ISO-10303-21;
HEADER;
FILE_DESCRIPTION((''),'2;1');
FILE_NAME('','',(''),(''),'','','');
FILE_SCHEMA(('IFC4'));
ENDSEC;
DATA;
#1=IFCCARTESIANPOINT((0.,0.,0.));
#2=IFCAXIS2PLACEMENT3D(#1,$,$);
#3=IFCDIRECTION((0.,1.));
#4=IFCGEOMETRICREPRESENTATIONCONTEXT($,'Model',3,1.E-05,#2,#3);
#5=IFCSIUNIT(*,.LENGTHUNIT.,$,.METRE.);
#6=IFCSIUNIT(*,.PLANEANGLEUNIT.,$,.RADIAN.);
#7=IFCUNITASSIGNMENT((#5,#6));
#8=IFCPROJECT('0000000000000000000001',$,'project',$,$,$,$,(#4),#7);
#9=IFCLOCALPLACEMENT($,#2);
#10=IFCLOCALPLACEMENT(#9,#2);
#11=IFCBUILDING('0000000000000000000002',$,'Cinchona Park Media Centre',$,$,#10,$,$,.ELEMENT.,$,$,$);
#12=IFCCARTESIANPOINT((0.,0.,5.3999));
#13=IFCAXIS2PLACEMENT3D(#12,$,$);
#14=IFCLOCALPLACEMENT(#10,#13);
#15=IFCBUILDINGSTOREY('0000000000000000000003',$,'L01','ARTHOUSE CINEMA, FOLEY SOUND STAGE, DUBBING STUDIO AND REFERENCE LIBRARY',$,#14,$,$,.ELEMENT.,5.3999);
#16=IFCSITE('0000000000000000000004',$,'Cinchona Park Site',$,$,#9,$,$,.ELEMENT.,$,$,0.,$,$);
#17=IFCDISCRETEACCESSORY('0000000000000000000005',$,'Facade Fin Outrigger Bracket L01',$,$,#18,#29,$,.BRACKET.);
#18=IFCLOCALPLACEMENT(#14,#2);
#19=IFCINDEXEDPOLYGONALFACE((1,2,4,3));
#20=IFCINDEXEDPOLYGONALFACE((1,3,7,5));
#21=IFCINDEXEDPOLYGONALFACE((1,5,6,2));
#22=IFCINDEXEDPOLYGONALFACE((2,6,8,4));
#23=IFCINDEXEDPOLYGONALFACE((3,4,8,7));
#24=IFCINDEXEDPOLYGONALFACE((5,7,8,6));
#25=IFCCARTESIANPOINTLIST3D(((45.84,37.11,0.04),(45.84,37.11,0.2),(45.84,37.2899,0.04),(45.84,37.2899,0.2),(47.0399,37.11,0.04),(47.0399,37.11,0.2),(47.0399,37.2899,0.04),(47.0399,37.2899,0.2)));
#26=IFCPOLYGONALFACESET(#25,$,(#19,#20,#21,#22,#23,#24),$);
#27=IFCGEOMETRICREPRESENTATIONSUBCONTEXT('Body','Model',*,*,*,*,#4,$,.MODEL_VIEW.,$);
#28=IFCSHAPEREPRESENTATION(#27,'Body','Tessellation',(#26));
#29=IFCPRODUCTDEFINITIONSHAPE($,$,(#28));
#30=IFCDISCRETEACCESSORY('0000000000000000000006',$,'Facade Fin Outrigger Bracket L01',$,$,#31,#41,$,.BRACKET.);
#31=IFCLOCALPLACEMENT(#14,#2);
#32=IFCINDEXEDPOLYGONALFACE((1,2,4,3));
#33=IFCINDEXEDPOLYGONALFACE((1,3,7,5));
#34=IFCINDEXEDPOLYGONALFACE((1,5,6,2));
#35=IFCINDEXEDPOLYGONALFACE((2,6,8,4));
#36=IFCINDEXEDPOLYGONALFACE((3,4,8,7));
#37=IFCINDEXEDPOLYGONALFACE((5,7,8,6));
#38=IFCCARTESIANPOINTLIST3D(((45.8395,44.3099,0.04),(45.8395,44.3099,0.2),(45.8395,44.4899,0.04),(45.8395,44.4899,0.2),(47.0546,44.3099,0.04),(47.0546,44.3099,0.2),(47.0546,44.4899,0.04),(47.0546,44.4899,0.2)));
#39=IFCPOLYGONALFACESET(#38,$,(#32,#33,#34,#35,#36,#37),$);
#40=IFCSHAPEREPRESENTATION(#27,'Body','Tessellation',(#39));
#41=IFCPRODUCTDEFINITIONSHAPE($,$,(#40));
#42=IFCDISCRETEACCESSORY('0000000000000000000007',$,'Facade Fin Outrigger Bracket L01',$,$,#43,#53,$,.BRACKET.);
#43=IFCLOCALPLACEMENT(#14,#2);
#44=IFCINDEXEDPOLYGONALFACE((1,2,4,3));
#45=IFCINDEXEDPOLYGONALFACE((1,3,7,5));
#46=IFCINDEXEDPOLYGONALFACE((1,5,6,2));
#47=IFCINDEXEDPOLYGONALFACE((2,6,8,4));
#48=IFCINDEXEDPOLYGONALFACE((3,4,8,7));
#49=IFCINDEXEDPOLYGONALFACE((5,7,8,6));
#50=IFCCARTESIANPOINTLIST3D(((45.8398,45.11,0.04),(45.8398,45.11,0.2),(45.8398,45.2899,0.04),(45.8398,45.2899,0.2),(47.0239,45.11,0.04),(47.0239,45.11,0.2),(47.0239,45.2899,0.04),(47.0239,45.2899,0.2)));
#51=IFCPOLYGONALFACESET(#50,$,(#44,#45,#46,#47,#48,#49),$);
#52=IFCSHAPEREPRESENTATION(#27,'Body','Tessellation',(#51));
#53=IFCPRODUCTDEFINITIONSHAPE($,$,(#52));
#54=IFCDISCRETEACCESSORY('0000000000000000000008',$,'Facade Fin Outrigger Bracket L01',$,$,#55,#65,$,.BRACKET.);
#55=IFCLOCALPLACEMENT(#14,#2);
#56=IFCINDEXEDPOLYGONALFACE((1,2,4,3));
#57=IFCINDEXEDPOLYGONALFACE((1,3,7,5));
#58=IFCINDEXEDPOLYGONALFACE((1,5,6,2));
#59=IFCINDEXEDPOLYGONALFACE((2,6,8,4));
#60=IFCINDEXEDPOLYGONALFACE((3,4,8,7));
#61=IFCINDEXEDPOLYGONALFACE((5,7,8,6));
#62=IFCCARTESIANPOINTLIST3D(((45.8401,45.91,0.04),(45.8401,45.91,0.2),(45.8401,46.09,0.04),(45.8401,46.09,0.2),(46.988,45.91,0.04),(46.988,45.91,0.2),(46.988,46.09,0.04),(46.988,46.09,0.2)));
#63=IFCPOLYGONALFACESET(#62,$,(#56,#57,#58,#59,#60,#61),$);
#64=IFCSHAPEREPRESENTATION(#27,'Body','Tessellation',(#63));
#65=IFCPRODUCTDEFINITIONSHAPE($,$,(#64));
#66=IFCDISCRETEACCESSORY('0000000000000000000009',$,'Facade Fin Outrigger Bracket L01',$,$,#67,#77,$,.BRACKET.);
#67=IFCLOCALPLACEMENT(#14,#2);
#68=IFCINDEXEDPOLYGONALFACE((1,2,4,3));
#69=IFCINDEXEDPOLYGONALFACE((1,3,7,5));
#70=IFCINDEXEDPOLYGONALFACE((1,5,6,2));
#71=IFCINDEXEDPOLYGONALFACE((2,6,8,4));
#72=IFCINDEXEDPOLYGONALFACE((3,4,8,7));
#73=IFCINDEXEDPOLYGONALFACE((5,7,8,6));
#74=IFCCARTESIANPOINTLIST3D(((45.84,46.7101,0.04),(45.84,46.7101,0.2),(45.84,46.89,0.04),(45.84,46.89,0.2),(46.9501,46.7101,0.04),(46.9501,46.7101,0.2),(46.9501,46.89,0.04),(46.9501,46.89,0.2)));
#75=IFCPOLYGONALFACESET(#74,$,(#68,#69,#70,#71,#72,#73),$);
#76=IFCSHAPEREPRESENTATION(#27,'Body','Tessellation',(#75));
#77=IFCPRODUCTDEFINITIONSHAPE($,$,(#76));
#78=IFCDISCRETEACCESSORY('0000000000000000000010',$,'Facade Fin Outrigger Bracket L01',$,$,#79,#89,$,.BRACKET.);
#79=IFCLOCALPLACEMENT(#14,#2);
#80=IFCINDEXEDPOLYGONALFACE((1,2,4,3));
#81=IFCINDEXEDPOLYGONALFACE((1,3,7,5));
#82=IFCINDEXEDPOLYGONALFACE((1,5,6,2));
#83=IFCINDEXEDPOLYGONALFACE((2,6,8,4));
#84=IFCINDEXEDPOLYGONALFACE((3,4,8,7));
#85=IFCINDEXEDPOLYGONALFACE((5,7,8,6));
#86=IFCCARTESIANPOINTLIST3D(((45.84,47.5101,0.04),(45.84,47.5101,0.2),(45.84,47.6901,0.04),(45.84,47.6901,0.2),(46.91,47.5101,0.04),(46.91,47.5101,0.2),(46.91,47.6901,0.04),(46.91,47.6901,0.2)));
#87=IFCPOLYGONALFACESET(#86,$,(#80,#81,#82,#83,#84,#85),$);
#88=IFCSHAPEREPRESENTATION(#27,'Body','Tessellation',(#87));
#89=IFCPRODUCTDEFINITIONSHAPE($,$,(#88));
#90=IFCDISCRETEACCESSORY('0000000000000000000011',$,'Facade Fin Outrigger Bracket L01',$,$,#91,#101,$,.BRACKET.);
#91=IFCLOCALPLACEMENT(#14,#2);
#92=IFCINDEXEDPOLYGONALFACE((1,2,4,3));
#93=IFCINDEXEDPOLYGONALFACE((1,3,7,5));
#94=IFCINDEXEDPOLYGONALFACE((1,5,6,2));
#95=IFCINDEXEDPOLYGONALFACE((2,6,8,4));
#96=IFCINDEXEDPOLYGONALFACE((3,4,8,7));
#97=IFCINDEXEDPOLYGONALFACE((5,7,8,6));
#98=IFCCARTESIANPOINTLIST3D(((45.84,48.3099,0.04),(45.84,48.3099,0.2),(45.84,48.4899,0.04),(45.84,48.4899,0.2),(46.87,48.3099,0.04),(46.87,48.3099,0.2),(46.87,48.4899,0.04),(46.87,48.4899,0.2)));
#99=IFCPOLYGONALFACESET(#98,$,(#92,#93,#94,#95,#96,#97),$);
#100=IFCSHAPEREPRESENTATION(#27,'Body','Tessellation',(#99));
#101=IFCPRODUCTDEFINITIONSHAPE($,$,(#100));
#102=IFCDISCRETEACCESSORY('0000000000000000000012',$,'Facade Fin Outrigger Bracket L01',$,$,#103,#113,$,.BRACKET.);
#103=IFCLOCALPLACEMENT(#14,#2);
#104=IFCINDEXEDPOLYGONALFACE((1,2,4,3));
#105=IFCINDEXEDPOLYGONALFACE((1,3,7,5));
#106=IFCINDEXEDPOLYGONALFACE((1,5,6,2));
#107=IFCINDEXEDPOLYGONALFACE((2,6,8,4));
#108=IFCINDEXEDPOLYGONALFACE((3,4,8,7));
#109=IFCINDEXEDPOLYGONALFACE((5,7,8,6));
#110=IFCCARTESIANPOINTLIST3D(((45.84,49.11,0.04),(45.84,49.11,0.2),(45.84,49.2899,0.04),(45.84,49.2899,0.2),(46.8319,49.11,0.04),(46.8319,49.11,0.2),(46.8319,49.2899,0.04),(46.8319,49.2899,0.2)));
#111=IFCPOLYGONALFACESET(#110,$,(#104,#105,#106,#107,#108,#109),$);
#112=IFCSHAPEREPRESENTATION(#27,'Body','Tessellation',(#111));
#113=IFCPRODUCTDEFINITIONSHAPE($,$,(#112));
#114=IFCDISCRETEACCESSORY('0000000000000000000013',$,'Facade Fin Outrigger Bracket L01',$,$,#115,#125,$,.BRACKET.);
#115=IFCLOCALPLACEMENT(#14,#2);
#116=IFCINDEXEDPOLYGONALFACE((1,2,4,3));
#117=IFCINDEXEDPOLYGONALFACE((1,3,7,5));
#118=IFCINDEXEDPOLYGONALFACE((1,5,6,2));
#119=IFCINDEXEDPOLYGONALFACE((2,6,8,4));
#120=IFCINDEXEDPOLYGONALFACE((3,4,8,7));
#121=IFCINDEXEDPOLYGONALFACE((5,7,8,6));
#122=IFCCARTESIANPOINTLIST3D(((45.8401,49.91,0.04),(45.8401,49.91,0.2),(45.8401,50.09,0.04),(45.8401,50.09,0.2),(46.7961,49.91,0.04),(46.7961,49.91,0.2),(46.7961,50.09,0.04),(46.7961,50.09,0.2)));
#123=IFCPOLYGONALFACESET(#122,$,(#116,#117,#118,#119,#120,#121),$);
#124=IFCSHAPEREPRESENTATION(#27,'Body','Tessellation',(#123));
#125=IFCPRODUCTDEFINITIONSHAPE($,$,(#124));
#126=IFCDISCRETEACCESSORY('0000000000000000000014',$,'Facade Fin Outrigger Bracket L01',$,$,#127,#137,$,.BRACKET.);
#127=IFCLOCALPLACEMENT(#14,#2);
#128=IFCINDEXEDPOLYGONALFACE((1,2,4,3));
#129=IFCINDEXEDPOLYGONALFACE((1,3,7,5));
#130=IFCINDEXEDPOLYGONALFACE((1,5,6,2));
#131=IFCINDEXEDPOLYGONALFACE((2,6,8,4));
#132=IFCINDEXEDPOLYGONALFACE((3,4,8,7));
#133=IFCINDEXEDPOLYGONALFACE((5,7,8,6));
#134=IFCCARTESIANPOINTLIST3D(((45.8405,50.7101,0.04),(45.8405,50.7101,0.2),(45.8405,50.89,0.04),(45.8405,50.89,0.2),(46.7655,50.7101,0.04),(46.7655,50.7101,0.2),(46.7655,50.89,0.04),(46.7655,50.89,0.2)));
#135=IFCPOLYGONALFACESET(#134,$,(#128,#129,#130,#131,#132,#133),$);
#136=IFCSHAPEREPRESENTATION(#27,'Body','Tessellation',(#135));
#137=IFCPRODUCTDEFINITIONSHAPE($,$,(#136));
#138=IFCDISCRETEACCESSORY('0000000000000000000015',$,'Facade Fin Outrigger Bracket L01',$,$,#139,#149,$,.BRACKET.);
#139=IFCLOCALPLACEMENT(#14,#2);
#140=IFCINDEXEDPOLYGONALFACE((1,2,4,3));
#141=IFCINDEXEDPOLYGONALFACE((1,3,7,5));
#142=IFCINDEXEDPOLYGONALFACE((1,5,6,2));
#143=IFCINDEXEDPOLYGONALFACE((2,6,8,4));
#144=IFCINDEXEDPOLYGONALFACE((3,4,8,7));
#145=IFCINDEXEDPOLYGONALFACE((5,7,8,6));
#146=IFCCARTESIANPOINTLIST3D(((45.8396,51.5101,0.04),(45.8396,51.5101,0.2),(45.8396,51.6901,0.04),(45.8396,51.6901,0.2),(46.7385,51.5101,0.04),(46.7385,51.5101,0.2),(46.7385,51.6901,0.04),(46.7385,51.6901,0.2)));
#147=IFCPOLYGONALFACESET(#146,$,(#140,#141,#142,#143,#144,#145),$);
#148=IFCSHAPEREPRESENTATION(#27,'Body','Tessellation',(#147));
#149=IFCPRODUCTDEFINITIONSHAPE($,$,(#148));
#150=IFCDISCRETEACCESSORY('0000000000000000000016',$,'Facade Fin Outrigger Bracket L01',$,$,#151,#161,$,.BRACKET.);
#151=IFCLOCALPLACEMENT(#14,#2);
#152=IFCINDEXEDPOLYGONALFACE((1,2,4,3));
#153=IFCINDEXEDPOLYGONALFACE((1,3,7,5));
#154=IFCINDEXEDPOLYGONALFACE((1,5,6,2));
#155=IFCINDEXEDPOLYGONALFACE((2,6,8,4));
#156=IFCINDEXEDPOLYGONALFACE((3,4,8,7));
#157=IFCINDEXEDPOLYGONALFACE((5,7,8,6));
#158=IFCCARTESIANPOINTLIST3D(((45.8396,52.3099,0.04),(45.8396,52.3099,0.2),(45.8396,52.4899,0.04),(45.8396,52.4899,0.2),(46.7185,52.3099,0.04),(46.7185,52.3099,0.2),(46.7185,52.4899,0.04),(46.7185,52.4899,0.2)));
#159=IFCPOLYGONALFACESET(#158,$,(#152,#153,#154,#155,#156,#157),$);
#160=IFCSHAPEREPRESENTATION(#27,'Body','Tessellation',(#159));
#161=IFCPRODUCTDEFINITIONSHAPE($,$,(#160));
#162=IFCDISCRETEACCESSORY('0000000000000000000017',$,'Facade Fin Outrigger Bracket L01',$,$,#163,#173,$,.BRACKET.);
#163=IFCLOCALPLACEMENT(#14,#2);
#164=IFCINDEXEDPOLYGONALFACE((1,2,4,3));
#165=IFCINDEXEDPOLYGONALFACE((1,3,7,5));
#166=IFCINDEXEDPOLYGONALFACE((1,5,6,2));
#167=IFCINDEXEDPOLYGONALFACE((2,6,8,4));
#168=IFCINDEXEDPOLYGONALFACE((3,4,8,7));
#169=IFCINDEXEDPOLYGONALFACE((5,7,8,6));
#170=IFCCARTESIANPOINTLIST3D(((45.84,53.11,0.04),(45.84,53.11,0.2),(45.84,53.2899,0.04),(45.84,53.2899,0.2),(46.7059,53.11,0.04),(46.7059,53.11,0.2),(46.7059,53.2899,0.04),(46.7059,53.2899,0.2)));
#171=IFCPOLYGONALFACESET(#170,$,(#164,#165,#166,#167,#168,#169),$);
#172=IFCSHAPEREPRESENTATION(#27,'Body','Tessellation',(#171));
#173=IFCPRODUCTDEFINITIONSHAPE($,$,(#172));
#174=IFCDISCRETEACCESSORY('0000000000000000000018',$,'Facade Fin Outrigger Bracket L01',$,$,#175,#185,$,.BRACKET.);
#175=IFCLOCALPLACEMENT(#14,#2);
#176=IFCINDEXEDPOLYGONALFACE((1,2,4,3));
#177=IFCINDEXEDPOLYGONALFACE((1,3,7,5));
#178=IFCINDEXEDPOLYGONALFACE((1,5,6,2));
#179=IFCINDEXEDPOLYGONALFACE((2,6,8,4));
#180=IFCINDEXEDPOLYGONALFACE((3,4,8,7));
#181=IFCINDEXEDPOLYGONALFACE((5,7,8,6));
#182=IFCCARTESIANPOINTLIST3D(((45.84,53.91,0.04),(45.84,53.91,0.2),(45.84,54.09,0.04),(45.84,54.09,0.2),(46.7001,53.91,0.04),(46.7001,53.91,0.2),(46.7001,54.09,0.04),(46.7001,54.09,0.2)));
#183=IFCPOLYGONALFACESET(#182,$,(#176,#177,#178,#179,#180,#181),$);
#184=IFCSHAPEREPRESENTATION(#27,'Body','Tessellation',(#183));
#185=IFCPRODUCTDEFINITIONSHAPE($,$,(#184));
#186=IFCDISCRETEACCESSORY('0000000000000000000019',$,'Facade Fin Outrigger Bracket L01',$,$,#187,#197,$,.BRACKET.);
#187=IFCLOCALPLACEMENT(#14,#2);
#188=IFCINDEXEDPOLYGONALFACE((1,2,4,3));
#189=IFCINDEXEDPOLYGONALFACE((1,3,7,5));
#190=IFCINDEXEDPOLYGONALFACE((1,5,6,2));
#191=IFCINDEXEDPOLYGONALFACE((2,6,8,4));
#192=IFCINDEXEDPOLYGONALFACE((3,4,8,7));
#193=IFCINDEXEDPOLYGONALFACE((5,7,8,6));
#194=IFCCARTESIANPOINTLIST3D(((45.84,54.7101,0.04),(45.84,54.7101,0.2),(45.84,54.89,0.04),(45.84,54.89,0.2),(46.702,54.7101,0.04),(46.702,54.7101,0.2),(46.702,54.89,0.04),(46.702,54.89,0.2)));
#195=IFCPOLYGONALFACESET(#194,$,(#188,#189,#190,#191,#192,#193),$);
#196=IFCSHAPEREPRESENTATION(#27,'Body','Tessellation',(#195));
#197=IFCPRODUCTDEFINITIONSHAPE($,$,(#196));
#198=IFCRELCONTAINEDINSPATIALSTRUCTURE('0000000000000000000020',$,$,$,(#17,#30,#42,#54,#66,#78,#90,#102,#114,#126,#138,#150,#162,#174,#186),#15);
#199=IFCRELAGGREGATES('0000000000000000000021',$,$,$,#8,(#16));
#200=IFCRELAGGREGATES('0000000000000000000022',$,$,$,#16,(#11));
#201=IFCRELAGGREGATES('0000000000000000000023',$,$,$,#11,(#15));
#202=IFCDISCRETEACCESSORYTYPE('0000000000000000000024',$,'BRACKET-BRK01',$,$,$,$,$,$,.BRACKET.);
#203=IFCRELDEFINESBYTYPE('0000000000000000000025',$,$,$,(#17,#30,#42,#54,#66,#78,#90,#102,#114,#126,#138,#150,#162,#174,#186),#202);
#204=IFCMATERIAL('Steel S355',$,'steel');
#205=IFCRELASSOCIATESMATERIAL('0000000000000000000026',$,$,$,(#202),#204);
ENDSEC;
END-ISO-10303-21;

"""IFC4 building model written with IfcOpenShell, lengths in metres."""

from ifc_helpers import new_model, si_unit, direction, frame, origin, origin_2d, place, context, subcontext, project, spatial, rectangle, extrude, material, type_object, element, save


model = new_model("IFC4")

# Units and contexts
model_context = context("Model", 3, precision=1e-05, world=origin(), true_north=direction((0.0, 1.0)))
body_context = subcontext(model_context, "Body", "Model", "MODEL_VIEW")
ifc_project = project(units=[si_unit("LENGTHUNIT", "METRE"), si_unit("PLANEANGLEUNIT", "RADIAN")], contexts=[model_context])

# Site, building, storey
site_placement = place(None, origin())
site = spatial("IfcSite", under=ifc_project, at=site_placement, Name="Cinchona Park Site", CompositionType="ELEMENT", RefElevation=0.0)
building_placement = place(site_placement, origin())
building = spatial("IfcBuilding", under=site, at=building_placement, Name="Cinchona Park Media Centre", CompositionType="ELEMENT")
storey_placement = place(building_placement, frame((0.0, 0.0, 5.3999)))
storey = spatial("IfcBuildingStorey", under=building, at=storey_placement, Name="L01", Description="ARTHOUSE CINEMA, FOLEY SOUND STAGE, DUBBING STUDIO AND REFERENCE LIBRARY", CompositionType="ELEMENT", Elevation=5.3999)

# Discrete accessories
ifc_material_1 = material(Name="Steel S355", Category="steel")
discrete_accessory_type = type_object("IfcDiscreteAccessoryType", Name="BRACKET-BRK01", PredefinedType="BRACKET", material=ifc_material_1)
discrete_accessory_1_placement = place(storey_placement, frame((46.4399, 37.2, 0.04), z_axis=(0.0, 0.0, 1.0), x_axis=(0.0, 1.0, 0.0)))
element("IfcDiscreteAccessory", 1, at=discrete_accessory_1_placement, inside=storey, type_object=discrete_accessory_type, Name="Facade Fin Outrigger Bracket L01", PredefinedType="BRACKET", context=body_context, shape_type="SweptSolid", body=[
    extrude(rectangle(XDim=0.1799, YDim=1.2, at=origin_2d()), origin(), (0.0, 0.0, 1.0), 0.1599),
])
discrete_accessory_2_placement = place(storey_placement, frame((46.447, 44.3999, 0.04), z_axis=(0.0, 0.0, 1.0), x_axis=(0.0, 1.0, 0.0)))
element("IfcDiscreteAccessory", 2, at=discrete_accessory_2_placement, inside=storey, type_object=discrete_accessory_type, Name="Facade Fin Outrigger Bracket L01", PredefinedType="BRACKET", context=body_context, shape_type="SweptSolid", body=[
    extrude(rectangle(XDim=0.1799, YDim=1.2151, at=origin_2d()), origin(), (0.0, 0.0, 1.0), 0.1599),
])
discrete_accessory_3_placement = place(storey_placement, frame((46.4319, 45.2, 0.04), z_axis=(0.0, 0.0, 1.0), x_axis=(0.0, 1.0, 0.0)))
element("IfcDiscreteAccessory", 3, at=discrete_accessory_3_placement, inside=storey, type_object=discrete_accessory_type, Name="Facade Fin Outrigger Bracket L01", PredefinedType="BRACKET", context=body_context, shape_type="SweptSolid", body=[
    extrude(rectangle(XDim=0.1799, YDim=1.1841, at=origin_2d()), origin(), (0.0, 0.0, 1.0), 0.1599),
])
discrete_accessory_4_placement = place(storey_placement, frame((46.4141, 46.0, 0.04), z_axis=(0.0, 0.0, 1.0), x_axis=(0.0, 1.0, 0.0)))
element("IfcDiscreteAccessory", 4, at=discrete_accessory_4_placement, inside=storey, type_object=discrete_accessory_type, Name="Facade Fin Outrigger Bracket L01", PredefinedType="BRACKET", context=body_context, shape_type="SweptSolid", body=[
    extrude(rectangle(XDim=0.1799, YDim=1.1479, at=origin_2d()), origin(), (0.0, 0.0, 1.0), 0.1599),
])
discrete_accessory_5_placement = place(storey_placement, frame((46.395, 46.8, 0.04), z_axis=(0.0, 0.0, 1.0), x_axis=(0.0, 1.0, 0.0)))
element("IfcDiscreteAccessory", 5, at=discrete_accessory_5_placement, inside=storey, type_object=discrete_accessory_type, Name="Facade Fin Outrigger Bracket L01", PredefinedType="BRACKET", context=body_context, shape_type="SweptSolid", body=[
    extrude(rectangle(XDim=0.1799, YDim=1.1101, at=origin_2d()), origin(), (0.0, 0.0, 1.0), 0.1599),
])
discrete_accessory_6_placement = place(storey_placement, frame((46.375, 47.6001, 0.04), z_axis=(0.0, 0.0, 1.0), x_axis=(0.0, 1.0, 0.0)))
element("IfcDiscreteAccessory", 6, at=discrete_accessory_6_placement, inside=storey, type_object=discrete_accessory_type, Name="Facade Fin Outrigger Bracket L01", PredefinedType="BRACKET", context=body_context, shape_type="SweptSolid", body=[
    extrude(rectangle(XDim=0.1799, YDim=1.0701, at=origin_2d()), origin(), (0.0, 0.0, 1.0), 0.1599),
])
discrete_accessory_7_placement = place(storey_placement, frame((46.355, 48.3999, 0.04), z_axis=(0.0, 0.0, 1.0), x_axis=(0.0, 1.0, 0.0)))
element("IfcDiscreteAccessory", 7, at=discrete_accessory_7_placement, inside=storey, type_object=discrete_accessory_type, Name="Facade Fin Outrigger Bracket L01", PredefinedType="BRACKET", context=body_context, shape_type="SweptSolid", body=[
    extrude(rectangle(XDim=0.1799, YDim=1.03, at=origin_2d()), origin(), (0.0, 0.0, 1.0), 0.1599),
])
discrete_accessory_8_placement = place(storey_placement, frame((46.3359, 49.2, 0.04), z_axis=(0.0, 0.0, 1.0), x_axis=(0.0, 1.0, 0.0)))
element("IfcDiscreteAccessory", 8, at=discrete_accessory_8_placement, inside=storey, type_object=discrete_accessory_type, Name="Facade Fin Outrigger Bracket L01", PredefinedType="BRACKET", context=body_context, shape_type="SweptSolid", body=[
    extrude(rectangle(XDim=0.1799, YDim=0.9919, at=origin_2d()), origin(), (0.0, 0.0, 1.0), 0.1599),
])
discrete_accessory_9_placement = place(storey_placement, frame((46.3181, 50.0, 0.04), z_axis=(0.0, 0.0, 1.0), x_axis=(0.0, 1.0, 0.0)))
element("IfcDiscreteAccessory", 9, at=discrete_accessory_9_placement, inside=storey, type_object=discrete_accessory_type, Name="Facade Fin Outrigger Bracket L01", PredefinedType="BRACKET", context=body_context, shape_type="SweptSolid", body=[
    extrude(rectangle(XDim=0.1799, YDim=0.9561, at=origin_2d()), origin(), (0.0, 0.0, 1.0), 0.1599),
])
discrete_accessory_10_placement = place(storey_placement, frame((46.303, 50.8, 0.04), z_axis=(0.0, 0.0, 1.0), x_axis=(0.0, 1.0, 0.0)))
element("IfcDiscreteAccessory", 10, at=discrete_accessory_10_placement, inside=storey, type_object=discrete_accessory_type, Name="Facade Fin Outrigger Bracket L01", PredefinedType="BRACKET", context=body_context, shape_type="SweptSolid", body=[
    extrude(rectangle(XDim=0.1799, YDim=0.925, at=origin_2d()), origin(), (0.0, 0.0, 1.0), 0.1599),
])
discrete_accessory_11_placement = place(storey_placement, frame((46.2891, 51.6001, 0.04), z_axis=(0.0, 0.0, 1.0), x_axis=(0.0, 1.0, 0.0)))
element("IfcDiscreteAccessory", 11, at=discrete_accessory_11_placement, inside=storey, type_object=discrete_accessory_type, Name="Facade Fin Outrigger Bracket L01", PredefinedType="BRACKET", context=body_context, shape_type="SweptSolid", body=[
    extrude(rectangle(XDim=0.1799, YDim=0.8989, at=origin_2d()), origin(), (0.0, 0.0, 1.0), 0.1599),
])
discrete_accessory_12_placement = place(storey_placement, frame((46.2791, 52.3999, 0.04), z_axis=(0.0, 0.0, 1.0), x_axis=(0.0, 1.0, 0.0)))
element("IfcDiscreteAccessory", 12, at=discrete_accessory_12_placement, inside=storey, type_object=discrete_accessory_type, Name="Facade Fin Outrigger Bracket L01", PredefinedType="BRACKET", context=body_context, shape_type="SweptSolid", body=[
    extrude(rectangle(XDim=0.1799, YDim=0.8789, at=origin_2d()), origin(), (0.0, 0.0, 1.0), 0.1599),
])
discrete_accessory_13_placement = place(storey_placement, frame((46.2729, 53.2, 0.04), z_axis=(0.0, 0.0, 1.0), x_axis=(0.0, 1.0, 0.0)))
element("IfcDiscreteAccessory", 13, at=discrete_accessory_13_placement, inside=storey, type_object=discrete_accessory_type, Name="Facade Fin Outrigger Bracket L01", PredefinedType="BRACKET", context=body_context, shape_type="SweptSolid", body=[
    extrude(rectangle(XDim=0.1799, YDim=0.866, at=origin_2d()), origin(), (0.0, 0.0, 1.0), 0.1599),
])
discrete_accessory_14_placement = place(storey_placement, frame((46.27, 54.0, 0.04), z_axis=(0.0, 0.0, 1.0), x_axis=(0.0, 1.0, 0.0)))
element("IfcDiscreteAccessory", 14, at=discrete_accessory_14_placement, inside=storey, type_object=discrete_accessory_type, Name="Facade Fin Outrigger Bracket L01", PredefinedType="BRACKET", context=body_context, shape_type="SweptSolid", body=[
    extrude(rectangle(XDim=0.1799, YDim=0.8601, at=origin_2d()), origin(), (0.0, 0.0, 1.0), 0.1599),
])
discrete_accessory_15_placement = place(storey_placement, frame((46.271, 54.8, 0.04), z_axis=(0.0, 0.0, 1.0), x_axis=(0.0, 1.0, 0.0)))
element("IfcDiscreteAccessory", 15, at=discrete_accessory_15_placement, inside=storey, type_object=discrete_accessory_type, Name="Facade Fin Outrigger Bracket L01", PredefinedType="BRACKET", context=body_context, shape_type="SweptSolid", body=[
    extrude(rectangle(XDim=0.1799, YDim=0.8621, at=origin_2d()), origin(), (0.0, 0.0, 1.0), 0.1599),
])

save(model, "model.ifc")
